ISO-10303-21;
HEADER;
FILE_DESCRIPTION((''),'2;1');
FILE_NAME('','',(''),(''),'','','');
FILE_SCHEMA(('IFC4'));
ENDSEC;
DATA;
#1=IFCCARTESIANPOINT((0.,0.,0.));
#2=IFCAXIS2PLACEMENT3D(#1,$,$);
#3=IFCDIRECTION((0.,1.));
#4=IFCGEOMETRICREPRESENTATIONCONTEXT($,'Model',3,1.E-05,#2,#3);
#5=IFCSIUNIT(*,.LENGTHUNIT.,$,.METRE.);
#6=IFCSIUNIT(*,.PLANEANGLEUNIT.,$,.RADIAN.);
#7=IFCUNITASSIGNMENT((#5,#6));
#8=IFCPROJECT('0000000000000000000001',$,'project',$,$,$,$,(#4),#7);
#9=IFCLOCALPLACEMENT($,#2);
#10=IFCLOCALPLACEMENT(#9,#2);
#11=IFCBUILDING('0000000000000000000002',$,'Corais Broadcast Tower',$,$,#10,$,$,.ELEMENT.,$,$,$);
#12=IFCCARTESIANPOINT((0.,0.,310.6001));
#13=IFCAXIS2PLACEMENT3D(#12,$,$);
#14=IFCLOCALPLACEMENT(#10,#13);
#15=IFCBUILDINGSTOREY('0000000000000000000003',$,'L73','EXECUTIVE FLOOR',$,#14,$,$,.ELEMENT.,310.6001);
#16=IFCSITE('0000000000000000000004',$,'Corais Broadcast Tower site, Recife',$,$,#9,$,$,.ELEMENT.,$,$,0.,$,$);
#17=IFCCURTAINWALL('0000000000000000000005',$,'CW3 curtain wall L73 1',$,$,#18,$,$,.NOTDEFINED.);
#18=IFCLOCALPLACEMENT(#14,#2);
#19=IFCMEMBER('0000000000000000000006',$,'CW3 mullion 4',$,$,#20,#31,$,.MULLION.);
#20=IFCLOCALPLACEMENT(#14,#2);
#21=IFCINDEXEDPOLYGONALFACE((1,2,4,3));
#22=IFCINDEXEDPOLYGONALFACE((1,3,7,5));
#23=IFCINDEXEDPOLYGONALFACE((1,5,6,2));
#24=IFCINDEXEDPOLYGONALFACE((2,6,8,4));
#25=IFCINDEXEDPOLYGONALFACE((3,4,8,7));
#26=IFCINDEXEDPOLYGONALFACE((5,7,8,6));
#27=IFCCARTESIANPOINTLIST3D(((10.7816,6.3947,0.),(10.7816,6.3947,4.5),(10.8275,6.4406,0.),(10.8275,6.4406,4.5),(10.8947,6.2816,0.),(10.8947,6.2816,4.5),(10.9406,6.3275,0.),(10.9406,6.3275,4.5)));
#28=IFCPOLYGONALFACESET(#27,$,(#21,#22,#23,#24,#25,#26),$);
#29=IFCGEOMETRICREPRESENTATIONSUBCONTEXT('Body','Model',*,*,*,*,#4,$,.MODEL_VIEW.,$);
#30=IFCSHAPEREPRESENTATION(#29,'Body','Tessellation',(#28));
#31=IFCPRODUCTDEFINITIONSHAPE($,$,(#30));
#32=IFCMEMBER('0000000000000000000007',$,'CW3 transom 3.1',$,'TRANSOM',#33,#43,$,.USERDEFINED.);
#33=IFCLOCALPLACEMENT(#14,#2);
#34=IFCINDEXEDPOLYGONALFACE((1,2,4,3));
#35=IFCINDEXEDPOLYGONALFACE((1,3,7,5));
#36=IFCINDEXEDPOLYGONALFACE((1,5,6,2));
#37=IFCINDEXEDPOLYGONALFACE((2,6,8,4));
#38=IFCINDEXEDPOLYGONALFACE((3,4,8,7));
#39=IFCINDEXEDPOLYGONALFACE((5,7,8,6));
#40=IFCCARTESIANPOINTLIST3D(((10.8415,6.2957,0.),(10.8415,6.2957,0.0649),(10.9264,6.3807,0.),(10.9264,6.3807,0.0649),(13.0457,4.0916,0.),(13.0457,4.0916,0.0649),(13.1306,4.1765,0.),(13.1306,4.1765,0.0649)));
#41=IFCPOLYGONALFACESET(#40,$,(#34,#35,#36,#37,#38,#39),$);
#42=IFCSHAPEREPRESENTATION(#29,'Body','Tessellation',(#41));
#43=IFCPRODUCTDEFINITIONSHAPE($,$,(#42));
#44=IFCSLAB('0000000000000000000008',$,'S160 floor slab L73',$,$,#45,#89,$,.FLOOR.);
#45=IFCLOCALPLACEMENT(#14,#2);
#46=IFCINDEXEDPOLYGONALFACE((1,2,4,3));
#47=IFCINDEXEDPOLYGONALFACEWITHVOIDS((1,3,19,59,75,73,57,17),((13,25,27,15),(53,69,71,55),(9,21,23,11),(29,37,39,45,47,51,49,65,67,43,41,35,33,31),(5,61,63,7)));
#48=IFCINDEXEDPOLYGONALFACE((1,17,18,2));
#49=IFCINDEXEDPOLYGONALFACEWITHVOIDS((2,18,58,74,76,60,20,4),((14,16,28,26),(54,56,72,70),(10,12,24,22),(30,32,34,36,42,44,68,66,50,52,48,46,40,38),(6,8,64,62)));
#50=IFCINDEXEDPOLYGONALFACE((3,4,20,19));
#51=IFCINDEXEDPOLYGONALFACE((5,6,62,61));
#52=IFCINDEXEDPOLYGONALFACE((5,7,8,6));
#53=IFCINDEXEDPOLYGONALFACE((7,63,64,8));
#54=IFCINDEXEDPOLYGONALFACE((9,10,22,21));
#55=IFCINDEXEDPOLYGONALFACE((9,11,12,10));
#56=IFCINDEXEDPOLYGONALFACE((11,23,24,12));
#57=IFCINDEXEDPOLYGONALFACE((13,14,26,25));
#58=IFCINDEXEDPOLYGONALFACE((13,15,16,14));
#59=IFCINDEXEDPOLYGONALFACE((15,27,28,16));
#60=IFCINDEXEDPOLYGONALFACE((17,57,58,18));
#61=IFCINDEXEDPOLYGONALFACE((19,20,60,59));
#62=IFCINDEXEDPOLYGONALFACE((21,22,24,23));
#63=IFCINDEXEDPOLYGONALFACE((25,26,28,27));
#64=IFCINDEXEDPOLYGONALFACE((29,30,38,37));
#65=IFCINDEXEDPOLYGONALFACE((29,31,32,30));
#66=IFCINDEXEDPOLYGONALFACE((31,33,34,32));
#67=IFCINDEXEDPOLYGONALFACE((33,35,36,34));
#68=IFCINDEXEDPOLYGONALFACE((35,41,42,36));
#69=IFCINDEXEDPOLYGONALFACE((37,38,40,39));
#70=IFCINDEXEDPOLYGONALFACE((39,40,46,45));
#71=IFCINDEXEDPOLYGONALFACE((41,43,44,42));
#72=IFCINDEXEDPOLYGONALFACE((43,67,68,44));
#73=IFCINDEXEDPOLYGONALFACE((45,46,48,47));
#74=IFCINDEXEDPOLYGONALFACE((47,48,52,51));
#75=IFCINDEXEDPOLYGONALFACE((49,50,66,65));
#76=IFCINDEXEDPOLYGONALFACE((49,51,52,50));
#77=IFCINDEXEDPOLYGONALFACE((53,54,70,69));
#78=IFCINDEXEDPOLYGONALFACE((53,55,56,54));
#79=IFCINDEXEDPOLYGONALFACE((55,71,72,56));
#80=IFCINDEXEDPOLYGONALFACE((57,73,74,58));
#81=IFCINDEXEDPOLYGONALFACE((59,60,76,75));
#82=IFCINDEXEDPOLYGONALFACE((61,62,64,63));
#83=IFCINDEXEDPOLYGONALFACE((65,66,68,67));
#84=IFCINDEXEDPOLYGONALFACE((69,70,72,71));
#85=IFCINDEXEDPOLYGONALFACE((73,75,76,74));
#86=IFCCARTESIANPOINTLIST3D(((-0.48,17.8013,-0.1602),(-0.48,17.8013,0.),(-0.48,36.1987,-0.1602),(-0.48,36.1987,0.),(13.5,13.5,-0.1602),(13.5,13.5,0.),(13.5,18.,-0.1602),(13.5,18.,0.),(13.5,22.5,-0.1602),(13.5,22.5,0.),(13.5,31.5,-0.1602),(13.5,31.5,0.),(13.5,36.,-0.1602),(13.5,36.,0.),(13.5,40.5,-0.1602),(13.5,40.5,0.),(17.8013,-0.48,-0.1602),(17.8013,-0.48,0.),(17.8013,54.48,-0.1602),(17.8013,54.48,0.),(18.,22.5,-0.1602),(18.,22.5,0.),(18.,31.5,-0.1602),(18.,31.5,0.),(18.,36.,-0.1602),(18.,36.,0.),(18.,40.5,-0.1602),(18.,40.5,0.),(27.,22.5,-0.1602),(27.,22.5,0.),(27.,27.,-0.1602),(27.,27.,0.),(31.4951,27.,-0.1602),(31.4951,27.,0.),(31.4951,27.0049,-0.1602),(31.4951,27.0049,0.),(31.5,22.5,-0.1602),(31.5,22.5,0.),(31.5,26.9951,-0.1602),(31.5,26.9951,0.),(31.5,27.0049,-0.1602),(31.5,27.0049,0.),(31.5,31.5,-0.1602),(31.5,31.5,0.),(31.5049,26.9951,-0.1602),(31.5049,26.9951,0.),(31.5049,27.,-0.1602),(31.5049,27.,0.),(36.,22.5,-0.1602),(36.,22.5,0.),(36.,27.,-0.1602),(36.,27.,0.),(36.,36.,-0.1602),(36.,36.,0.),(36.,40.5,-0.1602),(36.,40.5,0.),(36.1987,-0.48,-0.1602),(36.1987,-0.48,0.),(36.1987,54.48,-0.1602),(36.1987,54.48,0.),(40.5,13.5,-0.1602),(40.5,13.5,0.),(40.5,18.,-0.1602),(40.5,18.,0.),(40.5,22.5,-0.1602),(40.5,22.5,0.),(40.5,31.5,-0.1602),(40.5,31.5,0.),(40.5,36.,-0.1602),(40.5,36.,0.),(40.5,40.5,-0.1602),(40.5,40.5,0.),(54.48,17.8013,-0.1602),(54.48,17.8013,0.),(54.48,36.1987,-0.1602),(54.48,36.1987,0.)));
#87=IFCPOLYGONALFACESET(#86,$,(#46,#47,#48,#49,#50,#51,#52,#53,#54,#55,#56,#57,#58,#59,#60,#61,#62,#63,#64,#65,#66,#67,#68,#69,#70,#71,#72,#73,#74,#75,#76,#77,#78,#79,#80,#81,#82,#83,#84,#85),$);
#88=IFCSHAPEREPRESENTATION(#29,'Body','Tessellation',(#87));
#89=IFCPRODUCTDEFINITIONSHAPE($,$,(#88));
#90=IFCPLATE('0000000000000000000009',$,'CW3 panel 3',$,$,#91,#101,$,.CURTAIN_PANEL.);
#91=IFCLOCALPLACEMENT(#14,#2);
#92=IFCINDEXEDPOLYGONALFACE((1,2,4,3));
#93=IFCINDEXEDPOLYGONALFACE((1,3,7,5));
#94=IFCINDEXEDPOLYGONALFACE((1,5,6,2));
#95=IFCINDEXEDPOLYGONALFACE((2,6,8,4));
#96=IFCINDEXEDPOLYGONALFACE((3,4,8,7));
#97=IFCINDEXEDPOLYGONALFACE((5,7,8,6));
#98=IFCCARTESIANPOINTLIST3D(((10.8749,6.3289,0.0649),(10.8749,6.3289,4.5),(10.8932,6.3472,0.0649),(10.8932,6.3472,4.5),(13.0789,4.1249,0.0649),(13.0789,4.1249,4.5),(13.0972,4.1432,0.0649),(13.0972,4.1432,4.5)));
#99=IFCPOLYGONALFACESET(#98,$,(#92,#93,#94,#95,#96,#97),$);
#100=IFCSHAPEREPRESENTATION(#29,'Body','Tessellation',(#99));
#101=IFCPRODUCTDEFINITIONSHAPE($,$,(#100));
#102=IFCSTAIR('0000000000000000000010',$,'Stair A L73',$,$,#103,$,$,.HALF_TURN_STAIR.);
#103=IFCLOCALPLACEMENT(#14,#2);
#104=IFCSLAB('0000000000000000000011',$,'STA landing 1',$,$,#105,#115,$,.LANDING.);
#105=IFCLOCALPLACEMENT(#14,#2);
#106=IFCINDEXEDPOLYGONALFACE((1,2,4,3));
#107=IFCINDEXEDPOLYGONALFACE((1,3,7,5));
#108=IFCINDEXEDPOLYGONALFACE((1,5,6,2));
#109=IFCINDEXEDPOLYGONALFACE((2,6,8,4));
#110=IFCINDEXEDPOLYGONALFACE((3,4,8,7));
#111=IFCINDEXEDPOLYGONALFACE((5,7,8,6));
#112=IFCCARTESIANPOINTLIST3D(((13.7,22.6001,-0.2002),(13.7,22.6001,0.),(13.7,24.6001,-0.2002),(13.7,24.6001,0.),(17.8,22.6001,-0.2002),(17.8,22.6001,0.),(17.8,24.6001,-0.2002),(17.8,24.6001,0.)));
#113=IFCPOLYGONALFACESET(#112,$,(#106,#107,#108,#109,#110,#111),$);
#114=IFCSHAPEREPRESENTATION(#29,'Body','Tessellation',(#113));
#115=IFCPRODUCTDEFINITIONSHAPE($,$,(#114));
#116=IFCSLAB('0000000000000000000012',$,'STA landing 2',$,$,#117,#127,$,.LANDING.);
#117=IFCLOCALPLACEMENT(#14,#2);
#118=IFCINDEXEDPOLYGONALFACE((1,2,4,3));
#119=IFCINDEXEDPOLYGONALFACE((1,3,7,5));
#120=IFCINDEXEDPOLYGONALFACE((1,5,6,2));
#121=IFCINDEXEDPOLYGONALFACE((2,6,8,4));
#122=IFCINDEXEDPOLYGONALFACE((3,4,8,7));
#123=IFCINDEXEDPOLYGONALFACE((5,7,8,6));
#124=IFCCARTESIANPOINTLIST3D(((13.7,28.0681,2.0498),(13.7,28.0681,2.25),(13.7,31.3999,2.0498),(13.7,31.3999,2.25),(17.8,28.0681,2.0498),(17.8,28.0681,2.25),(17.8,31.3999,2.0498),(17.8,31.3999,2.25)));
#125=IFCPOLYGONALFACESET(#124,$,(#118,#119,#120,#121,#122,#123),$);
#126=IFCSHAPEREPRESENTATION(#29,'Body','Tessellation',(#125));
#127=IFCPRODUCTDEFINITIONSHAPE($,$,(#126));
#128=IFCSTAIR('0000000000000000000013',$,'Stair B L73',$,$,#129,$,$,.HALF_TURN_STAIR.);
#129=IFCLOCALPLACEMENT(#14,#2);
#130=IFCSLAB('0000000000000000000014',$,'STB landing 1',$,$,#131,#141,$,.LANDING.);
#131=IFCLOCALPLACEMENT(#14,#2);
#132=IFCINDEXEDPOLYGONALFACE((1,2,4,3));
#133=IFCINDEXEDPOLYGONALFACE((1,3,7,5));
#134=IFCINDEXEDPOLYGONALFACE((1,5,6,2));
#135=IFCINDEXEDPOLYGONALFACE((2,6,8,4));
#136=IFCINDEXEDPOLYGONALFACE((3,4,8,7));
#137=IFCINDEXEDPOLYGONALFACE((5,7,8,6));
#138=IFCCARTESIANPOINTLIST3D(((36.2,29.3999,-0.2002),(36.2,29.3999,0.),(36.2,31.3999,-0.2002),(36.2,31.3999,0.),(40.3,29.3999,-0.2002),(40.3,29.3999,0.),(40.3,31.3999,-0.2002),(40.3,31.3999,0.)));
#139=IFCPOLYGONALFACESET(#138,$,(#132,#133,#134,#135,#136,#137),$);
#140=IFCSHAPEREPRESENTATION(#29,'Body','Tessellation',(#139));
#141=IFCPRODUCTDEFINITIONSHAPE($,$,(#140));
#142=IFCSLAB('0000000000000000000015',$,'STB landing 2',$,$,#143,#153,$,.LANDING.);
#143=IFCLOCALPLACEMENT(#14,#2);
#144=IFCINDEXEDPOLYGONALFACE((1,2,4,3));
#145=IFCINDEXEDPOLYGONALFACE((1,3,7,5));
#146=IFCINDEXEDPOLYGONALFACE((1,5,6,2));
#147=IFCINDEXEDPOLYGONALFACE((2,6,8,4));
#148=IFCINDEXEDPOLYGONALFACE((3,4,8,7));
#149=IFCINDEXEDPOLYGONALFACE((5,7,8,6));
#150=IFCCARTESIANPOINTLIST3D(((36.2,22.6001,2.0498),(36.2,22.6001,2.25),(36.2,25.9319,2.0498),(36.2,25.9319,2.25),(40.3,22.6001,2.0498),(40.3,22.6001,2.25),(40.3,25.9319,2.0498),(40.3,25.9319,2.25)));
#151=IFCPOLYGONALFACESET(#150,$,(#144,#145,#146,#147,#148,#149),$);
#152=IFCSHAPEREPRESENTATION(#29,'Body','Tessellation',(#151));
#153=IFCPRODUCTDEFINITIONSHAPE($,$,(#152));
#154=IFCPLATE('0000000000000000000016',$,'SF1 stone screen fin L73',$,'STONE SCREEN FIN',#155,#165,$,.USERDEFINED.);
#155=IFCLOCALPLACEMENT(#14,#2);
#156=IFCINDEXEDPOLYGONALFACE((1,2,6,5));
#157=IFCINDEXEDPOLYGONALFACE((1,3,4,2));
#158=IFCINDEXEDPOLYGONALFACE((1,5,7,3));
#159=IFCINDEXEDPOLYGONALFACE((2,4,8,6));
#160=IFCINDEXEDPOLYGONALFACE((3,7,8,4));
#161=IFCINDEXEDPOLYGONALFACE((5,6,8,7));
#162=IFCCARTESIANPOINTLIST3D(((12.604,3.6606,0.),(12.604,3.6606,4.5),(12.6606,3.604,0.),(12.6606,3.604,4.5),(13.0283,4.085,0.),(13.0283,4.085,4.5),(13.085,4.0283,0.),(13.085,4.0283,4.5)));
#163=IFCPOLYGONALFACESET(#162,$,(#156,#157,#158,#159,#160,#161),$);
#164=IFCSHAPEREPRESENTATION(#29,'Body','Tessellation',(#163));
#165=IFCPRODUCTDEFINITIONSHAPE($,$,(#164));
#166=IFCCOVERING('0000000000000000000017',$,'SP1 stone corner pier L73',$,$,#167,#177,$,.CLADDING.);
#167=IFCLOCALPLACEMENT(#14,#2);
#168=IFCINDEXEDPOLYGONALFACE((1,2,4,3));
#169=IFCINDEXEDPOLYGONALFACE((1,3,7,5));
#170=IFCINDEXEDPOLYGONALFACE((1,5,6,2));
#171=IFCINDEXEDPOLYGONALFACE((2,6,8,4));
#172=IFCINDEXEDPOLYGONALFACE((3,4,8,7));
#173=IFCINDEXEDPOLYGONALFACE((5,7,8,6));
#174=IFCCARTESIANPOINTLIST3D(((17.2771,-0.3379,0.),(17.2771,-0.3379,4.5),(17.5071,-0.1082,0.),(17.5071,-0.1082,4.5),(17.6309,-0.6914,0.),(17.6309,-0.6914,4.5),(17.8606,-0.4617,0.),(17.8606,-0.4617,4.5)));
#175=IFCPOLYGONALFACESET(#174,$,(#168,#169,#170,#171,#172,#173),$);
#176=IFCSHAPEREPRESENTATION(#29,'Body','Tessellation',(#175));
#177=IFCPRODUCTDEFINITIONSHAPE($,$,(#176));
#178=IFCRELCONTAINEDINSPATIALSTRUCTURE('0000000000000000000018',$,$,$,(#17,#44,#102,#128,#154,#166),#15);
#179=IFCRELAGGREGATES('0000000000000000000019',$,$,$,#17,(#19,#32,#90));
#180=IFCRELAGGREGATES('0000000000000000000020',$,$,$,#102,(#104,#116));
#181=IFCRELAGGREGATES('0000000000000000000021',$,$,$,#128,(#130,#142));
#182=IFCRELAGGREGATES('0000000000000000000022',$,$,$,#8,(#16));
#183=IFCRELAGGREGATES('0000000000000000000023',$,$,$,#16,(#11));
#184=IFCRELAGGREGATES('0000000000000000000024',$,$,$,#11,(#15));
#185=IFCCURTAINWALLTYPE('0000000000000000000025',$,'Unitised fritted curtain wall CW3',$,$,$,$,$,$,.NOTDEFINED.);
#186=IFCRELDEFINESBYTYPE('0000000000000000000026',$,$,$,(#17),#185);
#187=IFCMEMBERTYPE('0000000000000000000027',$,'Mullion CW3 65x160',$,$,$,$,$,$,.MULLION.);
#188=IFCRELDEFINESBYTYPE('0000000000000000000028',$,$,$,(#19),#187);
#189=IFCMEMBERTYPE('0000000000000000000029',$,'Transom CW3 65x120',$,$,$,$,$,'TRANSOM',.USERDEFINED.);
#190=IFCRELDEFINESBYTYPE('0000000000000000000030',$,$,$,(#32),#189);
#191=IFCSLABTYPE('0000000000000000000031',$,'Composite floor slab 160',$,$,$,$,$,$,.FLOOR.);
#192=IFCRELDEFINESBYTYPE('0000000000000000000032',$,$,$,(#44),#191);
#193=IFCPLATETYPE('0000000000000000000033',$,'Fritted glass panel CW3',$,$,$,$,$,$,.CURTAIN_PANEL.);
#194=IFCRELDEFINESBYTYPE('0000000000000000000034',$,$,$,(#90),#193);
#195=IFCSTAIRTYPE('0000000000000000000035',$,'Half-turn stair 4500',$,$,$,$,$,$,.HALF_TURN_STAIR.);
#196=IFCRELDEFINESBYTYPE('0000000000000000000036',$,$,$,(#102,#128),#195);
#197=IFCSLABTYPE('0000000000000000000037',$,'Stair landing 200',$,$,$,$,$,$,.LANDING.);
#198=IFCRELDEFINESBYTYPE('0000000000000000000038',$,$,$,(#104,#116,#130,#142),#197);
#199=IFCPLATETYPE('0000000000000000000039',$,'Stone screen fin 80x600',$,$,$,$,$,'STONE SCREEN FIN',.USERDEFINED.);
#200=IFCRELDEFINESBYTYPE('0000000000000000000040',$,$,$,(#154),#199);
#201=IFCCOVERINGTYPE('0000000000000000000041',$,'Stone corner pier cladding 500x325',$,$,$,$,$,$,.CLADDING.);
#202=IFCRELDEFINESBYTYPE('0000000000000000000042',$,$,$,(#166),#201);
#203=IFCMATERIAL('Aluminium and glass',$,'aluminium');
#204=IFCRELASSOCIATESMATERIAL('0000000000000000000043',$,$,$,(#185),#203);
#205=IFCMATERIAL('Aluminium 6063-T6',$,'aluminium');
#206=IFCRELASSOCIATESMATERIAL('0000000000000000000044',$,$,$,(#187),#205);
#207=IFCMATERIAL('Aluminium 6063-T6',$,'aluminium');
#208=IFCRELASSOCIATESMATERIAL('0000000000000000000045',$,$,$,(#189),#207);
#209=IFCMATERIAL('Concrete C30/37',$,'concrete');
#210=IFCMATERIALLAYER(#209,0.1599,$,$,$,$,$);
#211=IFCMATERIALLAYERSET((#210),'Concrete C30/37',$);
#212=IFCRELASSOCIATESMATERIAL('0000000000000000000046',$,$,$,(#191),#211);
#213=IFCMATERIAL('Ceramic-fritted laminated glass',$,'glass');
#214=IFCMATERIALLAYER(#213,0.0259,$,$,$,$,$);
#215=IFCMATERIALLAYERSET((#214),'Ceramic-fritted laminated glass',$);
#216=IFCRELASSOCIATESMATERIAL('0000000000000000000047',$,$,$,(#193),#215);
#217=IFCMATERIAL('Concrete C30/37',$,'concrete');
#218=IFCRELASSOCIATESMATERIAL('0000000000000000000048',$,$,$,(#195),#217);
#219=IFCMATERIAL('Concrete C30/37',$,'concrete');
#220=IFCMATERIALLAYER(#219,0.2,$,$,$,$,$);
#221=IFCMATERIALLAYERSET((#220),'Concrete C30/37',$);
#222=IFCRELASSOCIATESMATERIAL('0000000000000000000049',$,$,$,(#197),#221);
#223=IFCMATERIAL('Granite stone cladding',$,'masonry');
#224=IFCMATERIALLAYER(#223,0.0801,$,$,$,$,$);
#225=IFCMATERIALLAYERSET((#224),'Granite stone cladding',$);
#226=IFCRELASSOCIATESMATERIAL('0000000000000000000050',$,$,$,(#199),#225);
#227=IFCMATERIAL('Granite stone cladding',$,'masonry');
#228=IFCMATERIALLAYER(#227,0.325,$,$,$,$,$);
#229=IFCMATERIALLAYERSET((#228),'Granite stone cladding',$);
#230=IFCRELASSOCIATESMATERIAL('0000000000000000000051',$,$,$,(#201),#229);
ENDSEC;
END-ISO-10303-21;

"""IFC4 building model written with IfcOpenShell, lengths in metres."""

from ifc_helpers import new_model, si_unit, direction, frame, origin, origin_2d, place, context, subcontext, project, spatial, polyline, rectangle, outline, extrude, material, layer, layer_set, material_profile, profile_set, type_object, element, aggregate, save


model = new_model("IFC4")

# Units and contexts
model_context = context("Model", 3, precision=1e-05, world=origin(), true_north=direction((0.0, 1.0)))
body_context = subcontext(model_context, "Body", "Model", "MODEL_VIEW")
ifc_project = project(units=[si_unit("LENGTHUNIT", "METRE"), si_unit("PLANEANGLEUNIT", "RADIAN")], contexts=[model_context])

# Site, building, storey
site_placement = place(None, origin())
site = spatial("IfcSite", under=ifc_project, at=site_placement, Name="Corais Broadcast Tower site, Recife", CompositionType="ELEMENT", RefElevation=0.0)
building_placement = place(site_placement, origin())
building = spatial("IfcBuilding", under=site, at=building_placement, Name="Corais Broadcast Tower", CompositionType="ELEMENT")
storey_placement = place(building_placement, frame((0.0, 0.0, 310.6001)))
storey = spatial("IfcBuildingStorey", under=building, at=storey_placement, Name="L73", Description="EXECUTIVE FLOOR", CompositionType="ELEMENT", Elevation=310.6001)

# Curtain wall, members
ifc_material_1 = material(Name="Aluminium and glass", Category="aluminium")
curtain_wall_type = type_object("IfcCurtainWallType", Name="Unitised fritted curtain wall CW3", PredefinedType="NOTDEFINED", material=ifc_material_1)
curtain_wall_placement = place(storey_placement, origin())
curtain_wall = element("IfcCurtainWall", 1, at=curtain_wall_placement, inside=storey, type_object=curtain_wall_type, Name="CW3 curtain wall L73 1", PredefinedType="NOTDEFINED")
ifc_material_2 = material(Name="Aluminium 6063-T6", Category="aluminium")
ifc_material_profile_1 = material_profile(ifc_material_2, rectangle(XDim=0.0649, YDim=0.1599, at=origin_2d()), Name="Mullion CW3 65x160")
ifc_profile_set_1 = profile_set([ifc_material_profile_1], Name="Aluminium 6063-T6")
member_type_1 = type_object("IfcMemberType", Name="Mullion CW3 65x160", PredefinedType="MULLION", material=ifc_profile_set_1)
member_1_placement = place(storey_placement, frame((10.8611, 6.3611, 0.0), z_axis=(0.0, 0.0, 1.0), x_axis=(-0.707107, -0.707107, 0.0)))
member_1 = element("IfcMember", 2, at=member_1_placement, type_object=member_type_1, Name="CW3 mullion 4", PredefinedType="MULLION", context=body_context, shape_type="SweptSolid", body=[
    extrude(rectangle(XDim=0.0649, YDim=0.1599, at=origin_2d()), origin(), (0.0, 0.0, 1.0), 4.5),
])
ifc_material_3 = material(Name="Aluminium 6063-T6", Category="aluminium")
ifc_material_profile_2 = material_profile(ifc_material_3, rectangle(XDim=0.1201, YDim=0.0649, at=origin_2d()), Name="Transom CW3 65x120")
ifc_profile_set_2 = profile_set([ifc_material_profile_2], Name="Aluminium 6063-T6")
member_type_2 = type_object("IfcMemberType", Name="Transom CW3 65x120", ElementType="TRANSOM", PredefinedType="USERDEFINED", material=ifc_profile_set_2)
member_2_placement = place(storey_placement, frame((13.0881, 4.134, 0.0325), z_axis=(-0.707107, 0.707107, 0.0), x_axis=(-0.707107, -0.707107, 0.0)))
member_2 = element("IfcMember", 3, at=member_2_placement, type_object=member_type_2, Name="CW3 transom 3.1", ObjectType="TRANSOM", PredefinedType="USERDEFINED", context=body_context, shape_type="SweptSolid", body=[
    extrude(rectangle(XDim=0.1201, YDim=0.0649, at=origin_2d()), origin(), (0.0, 0.0, 1.0), 3.1172),
])

# Slab
ifc_material_4 = material(Name="Concrete C30/37", Category="concrete")
ifc_layer_1 = layer(ifc_material_4, 0.1599)
ifc_layer_set_1 = layer_set([ifc_layer_1], Name="Concrete C30/37")
slab_type_1 = type_object("IfcSlabType", Name="Composite floor slab 160", PredefinedType="FLOOR", material=ifc_layer_set_1)
slab_1_placement = place(storey_placement, frame((0.0, 0.0, -0.1602)))
element("IfcSlab", 4, at=slab_1_placement, inside=storey, type_object=slab_type_1, Name="S160 floor slab L73", PredefinedType="FLOOR", context=body_context, shape_type="SweptSolid", body=[
    extrude(outline(polyline([(17.8013, -0.48), (-0.48, 17.8013), (-0.48, 36.1987), (17.8013, 54.48), (36.1987, 54.48), (54.48, 36.1987), (54.48, 17.8013), (36.1987, -0.48), (17.8013, -0.48)]), holes=[polyline([(13.5, 18.0), (40.5, 18.0), (40.5, 13.5), (13.5, 13.5), (13.5, 18.0)]), polyline([(18.0, 22.5), (13.5, 22.5), (13.5, 31.5), (18.0, 31.5), (18.0, 22.5)]), polyline([(18.0, 36.0), (13.5, 36.0), (13.5, 40.5), (18.0, 40.5), (18.0, 36.0)]), polyline([(31.5, 22.5), (27.0, 22.5), (27.0, 27.0), (31.4951, 27.0), (31.4951, 27.0049), (31.5, 27.0049), (31.5, 31.5), (40.5, 31.5), (40.5, 22.5), (36.0, 22.5), (36.0, 27.0), (31.5049, 27.0), (31.5049, 26.9951), (31.5, 26.9951), (31.5, 22.5)]), polyline([(40.5, 36.0), (36.0, 36.0), (36.0, 40.5), (40.5, 40.5), (40.5, 36.0)])]), origin(), (0.0, 0.0, 1.0), 0.1602),
])

# Plate
ifc_material_5 = material(Name="Ceramic-fritted laminated glass", Category="glass")
ifc_layer_2 = layer(ifc_material_5, 0.0259)
ifc_layer_set_2 = layer_set([ifc_layer_2], Name="Ceramic-fritted laminated glass")
plate_type_1 = type_object("IfcPlateType", Name="Fritted glass panel CW3", PredefinedType="CURTAIN_PANEL", material=ifc_layer_set_2)
plate_1_placement = place(storey_placement, frame((11.9861, 5.2361, 0.0649), z_axis=(0.0, 0.0, 1.0), x_axis=(-0.707107, 0.707107, 0.0)))
plate_1 = element("IfcPlate", 5, at=plate_1_placement, type_object=plate_type_1, Name="CW3 panel 3", PredefinedType="CURTAIN_PANEL", context=body_context, shape_type="SweptSolid", body=[
    extrude(rectangle(XDim=3.1169, YDim=0.0259, at=origin_2d()), origin(), (0.0, 0.0, 1.0), 4.4351),
])
aggregate(curtain_wall, [member_1, member_2, plate_1])

# Stairs, slabs
ifc_material_6 = material(Name="Concrete C30/37", Category="concrete")
stair_type = type_object("IfcStairType", Name="Half-turn stair 4500", PredefinedType="HALF_TURN_STAIR", material=ifc_material_6)
stair_1_placement = place(storey_placement, origin())
stair_1 = element("IfcStair", 6, at=stair_1_placement, inside=storey, type_object=stair_type, Name="Stair A L73", PredefinedType="HALF_TURN_STAIR")
ifc_material_7 = material(Name="Concrete C30/37", Category="concrete")
ifc_layer_3 = layer(ifc_material_7, 0.2)
ifc_layer_set_3 = layer_set([ifc_layer_3], Name="Concrete C30/37")
slab_type_2 = type_object("IfcSlabType", Name="Stair landing 200", PredefinedType="LANDING", material=ifc_layer_set_3)
slab_2_placement = place(storey_placement, frame((0.0, 0.0, -0.2002)))
slab_2 = element("IfcSlab", 7, at=slab_2_placement, type_object=slab_type_2, Name="STA landing 1", PredefinedType="LANDING", context=body_context, shape_type="SweptSolid", body=[
    extrude(outline(polyline([(13.7, 22.6001), (17.8, 22.6001), (17.8, 24.6001), (13.7, 24.6001), (13.7, 22.6001)])), origin(), (0.0, 0.0, 1.0), 0.2002),
])
slab_3_placement = place(storey_placement, frame((0.0, 0.0, 2.0498)))
slab_3 = element("IfcSlab", 8, at=slab_3_placement, type_object=slab_type_2, Name="STA landing 2", PredefinedType="LANDING", context=body_context, shape_type="SweptSolid", body=[
    extrude(outline(polyline([(13.7, 28.0681), (17.8, 28.0681), (17.8, 31.3999), (13.7, 31.3999), (13.7, 28.0681)])), origin(), (0.0, 0.0, 1.0), 0.2002),
])
aggregate(stair_1, [slab_2, slab_3])
stair_2_placement = place(storey_placement, origin())
stair_2 = element("IfcStair", 9, at=stair_2_placement, inside=storey, type_object=stair_type, Name="Stair B L73", PredefinedType="HALF_TURN_STAIR")
slab_4_placement = place(storey_placement, frame((0.0, 0.0, -0.2002)))
slab_4 = element("IfcSlab", 10, at=slab_4_placement, type_object=slab_type_2, Name="STB landing 1", PredefinedType="LANDING", context=body_context, shape_type="SweptSolid", body=[
    extrude(outline(polyline([(36.2, 29.3999), (40.3, 29.3999), (40.3, 31.3999), (36.2, 31.3999), (36.2, 29.3999)])), origin(), (0.0, 0.0, 1.0), 0.2002),
])
slab_5_placement = place(storey_placement, frame((0.0, 0.0, 2.0498)))
slab_5 = element("IfcSlab", 11, at=slab_5_placement, type_object=slab_type_2, Name="STB landing 2", PredefinedType="LANDING", context=body_context, shape_type="SweptSolid", body=[
    extrude(outline(polyline([(36.2, 22.6001), (40.3, 22.6001), (40.3, 25.9319), (36.2, 25.9319), (36.2, 22.6001)])), origin(), (0.0, 0.0, 1.0), 0.2002),
])
aggregate(stair_2, [slab_4, slab_5])

# Plate
ifc_material_8 = material(Name="Granite stone cladding", Category="masonry")
ifc_layer_4 = layer(ifc_material_8, 0.0801)
ifc_layer_set_4 = layer_set([ifc_layer_4], Name="Granite stone cladding")
plate_type_2 = type_object("IfcPlateType", Name="Stone screen fin 80x600", ElementType="STONE SCREEN FIN", PredefinedType="USERDEFINED", material=ifc_layer_set_4)
plate_2_placement = place(storey_placement, frame((12.8445, 3.8445, 0.0), z_axis=(0.0, 0.0, 1.0), x_axis=(-0.707107, 0.707107, 0.0)))
element("IfcPlate", 12, at=plate_2_placement, inside=storey, type_object=plate_type_2, Name="SF1 stone screen fin L73", ObjectType="STONE SCREEN FIN", PredefinedType="USERDEFINED", context=body_context, shape_type="SweptSolid", body=[
    extrude(rectangle(XDim=0.0801, YDim=0.6001, at=origin_2d()), origin(), (0.0, 0.0, 1.0), 4.5),
])

# Covering
ifc_material_9 = material(Name="Granite stone cladding", Category="masonry")
ifc_layer_5 = layer(ifc_material_9, 0.325)
ifc_layer_set_5 = layer_set([ifc_layer_5], Name="Granite stone cladding")
covering_type_1 = type_object("IfcCoveringType", Name="Stone corner pier cladding 500x325", PredefinedType="CLADDING", material=ifc_layer_set_5)
covering_1_placement = place(storey_placement, origin())
element("IfcCovering", 13, at=covering_1_placement, inside=storey, type_object=covering_type_1, Name="SP1 stone corner pier L73", PredefinedType="CLADDING", context=body_context, shape_type="SweptSolid", body=[
    extrude(outline(polyline([(17.8606, -0.4617), (17.5071, -0.1082), (17.2771, -0.3379), (17.6309, -0.6914), (17.8606, -0.4617)])), origin(), (0.0, 0.0, 1.0), 4.5),
])

save(model, "model.ifc")
